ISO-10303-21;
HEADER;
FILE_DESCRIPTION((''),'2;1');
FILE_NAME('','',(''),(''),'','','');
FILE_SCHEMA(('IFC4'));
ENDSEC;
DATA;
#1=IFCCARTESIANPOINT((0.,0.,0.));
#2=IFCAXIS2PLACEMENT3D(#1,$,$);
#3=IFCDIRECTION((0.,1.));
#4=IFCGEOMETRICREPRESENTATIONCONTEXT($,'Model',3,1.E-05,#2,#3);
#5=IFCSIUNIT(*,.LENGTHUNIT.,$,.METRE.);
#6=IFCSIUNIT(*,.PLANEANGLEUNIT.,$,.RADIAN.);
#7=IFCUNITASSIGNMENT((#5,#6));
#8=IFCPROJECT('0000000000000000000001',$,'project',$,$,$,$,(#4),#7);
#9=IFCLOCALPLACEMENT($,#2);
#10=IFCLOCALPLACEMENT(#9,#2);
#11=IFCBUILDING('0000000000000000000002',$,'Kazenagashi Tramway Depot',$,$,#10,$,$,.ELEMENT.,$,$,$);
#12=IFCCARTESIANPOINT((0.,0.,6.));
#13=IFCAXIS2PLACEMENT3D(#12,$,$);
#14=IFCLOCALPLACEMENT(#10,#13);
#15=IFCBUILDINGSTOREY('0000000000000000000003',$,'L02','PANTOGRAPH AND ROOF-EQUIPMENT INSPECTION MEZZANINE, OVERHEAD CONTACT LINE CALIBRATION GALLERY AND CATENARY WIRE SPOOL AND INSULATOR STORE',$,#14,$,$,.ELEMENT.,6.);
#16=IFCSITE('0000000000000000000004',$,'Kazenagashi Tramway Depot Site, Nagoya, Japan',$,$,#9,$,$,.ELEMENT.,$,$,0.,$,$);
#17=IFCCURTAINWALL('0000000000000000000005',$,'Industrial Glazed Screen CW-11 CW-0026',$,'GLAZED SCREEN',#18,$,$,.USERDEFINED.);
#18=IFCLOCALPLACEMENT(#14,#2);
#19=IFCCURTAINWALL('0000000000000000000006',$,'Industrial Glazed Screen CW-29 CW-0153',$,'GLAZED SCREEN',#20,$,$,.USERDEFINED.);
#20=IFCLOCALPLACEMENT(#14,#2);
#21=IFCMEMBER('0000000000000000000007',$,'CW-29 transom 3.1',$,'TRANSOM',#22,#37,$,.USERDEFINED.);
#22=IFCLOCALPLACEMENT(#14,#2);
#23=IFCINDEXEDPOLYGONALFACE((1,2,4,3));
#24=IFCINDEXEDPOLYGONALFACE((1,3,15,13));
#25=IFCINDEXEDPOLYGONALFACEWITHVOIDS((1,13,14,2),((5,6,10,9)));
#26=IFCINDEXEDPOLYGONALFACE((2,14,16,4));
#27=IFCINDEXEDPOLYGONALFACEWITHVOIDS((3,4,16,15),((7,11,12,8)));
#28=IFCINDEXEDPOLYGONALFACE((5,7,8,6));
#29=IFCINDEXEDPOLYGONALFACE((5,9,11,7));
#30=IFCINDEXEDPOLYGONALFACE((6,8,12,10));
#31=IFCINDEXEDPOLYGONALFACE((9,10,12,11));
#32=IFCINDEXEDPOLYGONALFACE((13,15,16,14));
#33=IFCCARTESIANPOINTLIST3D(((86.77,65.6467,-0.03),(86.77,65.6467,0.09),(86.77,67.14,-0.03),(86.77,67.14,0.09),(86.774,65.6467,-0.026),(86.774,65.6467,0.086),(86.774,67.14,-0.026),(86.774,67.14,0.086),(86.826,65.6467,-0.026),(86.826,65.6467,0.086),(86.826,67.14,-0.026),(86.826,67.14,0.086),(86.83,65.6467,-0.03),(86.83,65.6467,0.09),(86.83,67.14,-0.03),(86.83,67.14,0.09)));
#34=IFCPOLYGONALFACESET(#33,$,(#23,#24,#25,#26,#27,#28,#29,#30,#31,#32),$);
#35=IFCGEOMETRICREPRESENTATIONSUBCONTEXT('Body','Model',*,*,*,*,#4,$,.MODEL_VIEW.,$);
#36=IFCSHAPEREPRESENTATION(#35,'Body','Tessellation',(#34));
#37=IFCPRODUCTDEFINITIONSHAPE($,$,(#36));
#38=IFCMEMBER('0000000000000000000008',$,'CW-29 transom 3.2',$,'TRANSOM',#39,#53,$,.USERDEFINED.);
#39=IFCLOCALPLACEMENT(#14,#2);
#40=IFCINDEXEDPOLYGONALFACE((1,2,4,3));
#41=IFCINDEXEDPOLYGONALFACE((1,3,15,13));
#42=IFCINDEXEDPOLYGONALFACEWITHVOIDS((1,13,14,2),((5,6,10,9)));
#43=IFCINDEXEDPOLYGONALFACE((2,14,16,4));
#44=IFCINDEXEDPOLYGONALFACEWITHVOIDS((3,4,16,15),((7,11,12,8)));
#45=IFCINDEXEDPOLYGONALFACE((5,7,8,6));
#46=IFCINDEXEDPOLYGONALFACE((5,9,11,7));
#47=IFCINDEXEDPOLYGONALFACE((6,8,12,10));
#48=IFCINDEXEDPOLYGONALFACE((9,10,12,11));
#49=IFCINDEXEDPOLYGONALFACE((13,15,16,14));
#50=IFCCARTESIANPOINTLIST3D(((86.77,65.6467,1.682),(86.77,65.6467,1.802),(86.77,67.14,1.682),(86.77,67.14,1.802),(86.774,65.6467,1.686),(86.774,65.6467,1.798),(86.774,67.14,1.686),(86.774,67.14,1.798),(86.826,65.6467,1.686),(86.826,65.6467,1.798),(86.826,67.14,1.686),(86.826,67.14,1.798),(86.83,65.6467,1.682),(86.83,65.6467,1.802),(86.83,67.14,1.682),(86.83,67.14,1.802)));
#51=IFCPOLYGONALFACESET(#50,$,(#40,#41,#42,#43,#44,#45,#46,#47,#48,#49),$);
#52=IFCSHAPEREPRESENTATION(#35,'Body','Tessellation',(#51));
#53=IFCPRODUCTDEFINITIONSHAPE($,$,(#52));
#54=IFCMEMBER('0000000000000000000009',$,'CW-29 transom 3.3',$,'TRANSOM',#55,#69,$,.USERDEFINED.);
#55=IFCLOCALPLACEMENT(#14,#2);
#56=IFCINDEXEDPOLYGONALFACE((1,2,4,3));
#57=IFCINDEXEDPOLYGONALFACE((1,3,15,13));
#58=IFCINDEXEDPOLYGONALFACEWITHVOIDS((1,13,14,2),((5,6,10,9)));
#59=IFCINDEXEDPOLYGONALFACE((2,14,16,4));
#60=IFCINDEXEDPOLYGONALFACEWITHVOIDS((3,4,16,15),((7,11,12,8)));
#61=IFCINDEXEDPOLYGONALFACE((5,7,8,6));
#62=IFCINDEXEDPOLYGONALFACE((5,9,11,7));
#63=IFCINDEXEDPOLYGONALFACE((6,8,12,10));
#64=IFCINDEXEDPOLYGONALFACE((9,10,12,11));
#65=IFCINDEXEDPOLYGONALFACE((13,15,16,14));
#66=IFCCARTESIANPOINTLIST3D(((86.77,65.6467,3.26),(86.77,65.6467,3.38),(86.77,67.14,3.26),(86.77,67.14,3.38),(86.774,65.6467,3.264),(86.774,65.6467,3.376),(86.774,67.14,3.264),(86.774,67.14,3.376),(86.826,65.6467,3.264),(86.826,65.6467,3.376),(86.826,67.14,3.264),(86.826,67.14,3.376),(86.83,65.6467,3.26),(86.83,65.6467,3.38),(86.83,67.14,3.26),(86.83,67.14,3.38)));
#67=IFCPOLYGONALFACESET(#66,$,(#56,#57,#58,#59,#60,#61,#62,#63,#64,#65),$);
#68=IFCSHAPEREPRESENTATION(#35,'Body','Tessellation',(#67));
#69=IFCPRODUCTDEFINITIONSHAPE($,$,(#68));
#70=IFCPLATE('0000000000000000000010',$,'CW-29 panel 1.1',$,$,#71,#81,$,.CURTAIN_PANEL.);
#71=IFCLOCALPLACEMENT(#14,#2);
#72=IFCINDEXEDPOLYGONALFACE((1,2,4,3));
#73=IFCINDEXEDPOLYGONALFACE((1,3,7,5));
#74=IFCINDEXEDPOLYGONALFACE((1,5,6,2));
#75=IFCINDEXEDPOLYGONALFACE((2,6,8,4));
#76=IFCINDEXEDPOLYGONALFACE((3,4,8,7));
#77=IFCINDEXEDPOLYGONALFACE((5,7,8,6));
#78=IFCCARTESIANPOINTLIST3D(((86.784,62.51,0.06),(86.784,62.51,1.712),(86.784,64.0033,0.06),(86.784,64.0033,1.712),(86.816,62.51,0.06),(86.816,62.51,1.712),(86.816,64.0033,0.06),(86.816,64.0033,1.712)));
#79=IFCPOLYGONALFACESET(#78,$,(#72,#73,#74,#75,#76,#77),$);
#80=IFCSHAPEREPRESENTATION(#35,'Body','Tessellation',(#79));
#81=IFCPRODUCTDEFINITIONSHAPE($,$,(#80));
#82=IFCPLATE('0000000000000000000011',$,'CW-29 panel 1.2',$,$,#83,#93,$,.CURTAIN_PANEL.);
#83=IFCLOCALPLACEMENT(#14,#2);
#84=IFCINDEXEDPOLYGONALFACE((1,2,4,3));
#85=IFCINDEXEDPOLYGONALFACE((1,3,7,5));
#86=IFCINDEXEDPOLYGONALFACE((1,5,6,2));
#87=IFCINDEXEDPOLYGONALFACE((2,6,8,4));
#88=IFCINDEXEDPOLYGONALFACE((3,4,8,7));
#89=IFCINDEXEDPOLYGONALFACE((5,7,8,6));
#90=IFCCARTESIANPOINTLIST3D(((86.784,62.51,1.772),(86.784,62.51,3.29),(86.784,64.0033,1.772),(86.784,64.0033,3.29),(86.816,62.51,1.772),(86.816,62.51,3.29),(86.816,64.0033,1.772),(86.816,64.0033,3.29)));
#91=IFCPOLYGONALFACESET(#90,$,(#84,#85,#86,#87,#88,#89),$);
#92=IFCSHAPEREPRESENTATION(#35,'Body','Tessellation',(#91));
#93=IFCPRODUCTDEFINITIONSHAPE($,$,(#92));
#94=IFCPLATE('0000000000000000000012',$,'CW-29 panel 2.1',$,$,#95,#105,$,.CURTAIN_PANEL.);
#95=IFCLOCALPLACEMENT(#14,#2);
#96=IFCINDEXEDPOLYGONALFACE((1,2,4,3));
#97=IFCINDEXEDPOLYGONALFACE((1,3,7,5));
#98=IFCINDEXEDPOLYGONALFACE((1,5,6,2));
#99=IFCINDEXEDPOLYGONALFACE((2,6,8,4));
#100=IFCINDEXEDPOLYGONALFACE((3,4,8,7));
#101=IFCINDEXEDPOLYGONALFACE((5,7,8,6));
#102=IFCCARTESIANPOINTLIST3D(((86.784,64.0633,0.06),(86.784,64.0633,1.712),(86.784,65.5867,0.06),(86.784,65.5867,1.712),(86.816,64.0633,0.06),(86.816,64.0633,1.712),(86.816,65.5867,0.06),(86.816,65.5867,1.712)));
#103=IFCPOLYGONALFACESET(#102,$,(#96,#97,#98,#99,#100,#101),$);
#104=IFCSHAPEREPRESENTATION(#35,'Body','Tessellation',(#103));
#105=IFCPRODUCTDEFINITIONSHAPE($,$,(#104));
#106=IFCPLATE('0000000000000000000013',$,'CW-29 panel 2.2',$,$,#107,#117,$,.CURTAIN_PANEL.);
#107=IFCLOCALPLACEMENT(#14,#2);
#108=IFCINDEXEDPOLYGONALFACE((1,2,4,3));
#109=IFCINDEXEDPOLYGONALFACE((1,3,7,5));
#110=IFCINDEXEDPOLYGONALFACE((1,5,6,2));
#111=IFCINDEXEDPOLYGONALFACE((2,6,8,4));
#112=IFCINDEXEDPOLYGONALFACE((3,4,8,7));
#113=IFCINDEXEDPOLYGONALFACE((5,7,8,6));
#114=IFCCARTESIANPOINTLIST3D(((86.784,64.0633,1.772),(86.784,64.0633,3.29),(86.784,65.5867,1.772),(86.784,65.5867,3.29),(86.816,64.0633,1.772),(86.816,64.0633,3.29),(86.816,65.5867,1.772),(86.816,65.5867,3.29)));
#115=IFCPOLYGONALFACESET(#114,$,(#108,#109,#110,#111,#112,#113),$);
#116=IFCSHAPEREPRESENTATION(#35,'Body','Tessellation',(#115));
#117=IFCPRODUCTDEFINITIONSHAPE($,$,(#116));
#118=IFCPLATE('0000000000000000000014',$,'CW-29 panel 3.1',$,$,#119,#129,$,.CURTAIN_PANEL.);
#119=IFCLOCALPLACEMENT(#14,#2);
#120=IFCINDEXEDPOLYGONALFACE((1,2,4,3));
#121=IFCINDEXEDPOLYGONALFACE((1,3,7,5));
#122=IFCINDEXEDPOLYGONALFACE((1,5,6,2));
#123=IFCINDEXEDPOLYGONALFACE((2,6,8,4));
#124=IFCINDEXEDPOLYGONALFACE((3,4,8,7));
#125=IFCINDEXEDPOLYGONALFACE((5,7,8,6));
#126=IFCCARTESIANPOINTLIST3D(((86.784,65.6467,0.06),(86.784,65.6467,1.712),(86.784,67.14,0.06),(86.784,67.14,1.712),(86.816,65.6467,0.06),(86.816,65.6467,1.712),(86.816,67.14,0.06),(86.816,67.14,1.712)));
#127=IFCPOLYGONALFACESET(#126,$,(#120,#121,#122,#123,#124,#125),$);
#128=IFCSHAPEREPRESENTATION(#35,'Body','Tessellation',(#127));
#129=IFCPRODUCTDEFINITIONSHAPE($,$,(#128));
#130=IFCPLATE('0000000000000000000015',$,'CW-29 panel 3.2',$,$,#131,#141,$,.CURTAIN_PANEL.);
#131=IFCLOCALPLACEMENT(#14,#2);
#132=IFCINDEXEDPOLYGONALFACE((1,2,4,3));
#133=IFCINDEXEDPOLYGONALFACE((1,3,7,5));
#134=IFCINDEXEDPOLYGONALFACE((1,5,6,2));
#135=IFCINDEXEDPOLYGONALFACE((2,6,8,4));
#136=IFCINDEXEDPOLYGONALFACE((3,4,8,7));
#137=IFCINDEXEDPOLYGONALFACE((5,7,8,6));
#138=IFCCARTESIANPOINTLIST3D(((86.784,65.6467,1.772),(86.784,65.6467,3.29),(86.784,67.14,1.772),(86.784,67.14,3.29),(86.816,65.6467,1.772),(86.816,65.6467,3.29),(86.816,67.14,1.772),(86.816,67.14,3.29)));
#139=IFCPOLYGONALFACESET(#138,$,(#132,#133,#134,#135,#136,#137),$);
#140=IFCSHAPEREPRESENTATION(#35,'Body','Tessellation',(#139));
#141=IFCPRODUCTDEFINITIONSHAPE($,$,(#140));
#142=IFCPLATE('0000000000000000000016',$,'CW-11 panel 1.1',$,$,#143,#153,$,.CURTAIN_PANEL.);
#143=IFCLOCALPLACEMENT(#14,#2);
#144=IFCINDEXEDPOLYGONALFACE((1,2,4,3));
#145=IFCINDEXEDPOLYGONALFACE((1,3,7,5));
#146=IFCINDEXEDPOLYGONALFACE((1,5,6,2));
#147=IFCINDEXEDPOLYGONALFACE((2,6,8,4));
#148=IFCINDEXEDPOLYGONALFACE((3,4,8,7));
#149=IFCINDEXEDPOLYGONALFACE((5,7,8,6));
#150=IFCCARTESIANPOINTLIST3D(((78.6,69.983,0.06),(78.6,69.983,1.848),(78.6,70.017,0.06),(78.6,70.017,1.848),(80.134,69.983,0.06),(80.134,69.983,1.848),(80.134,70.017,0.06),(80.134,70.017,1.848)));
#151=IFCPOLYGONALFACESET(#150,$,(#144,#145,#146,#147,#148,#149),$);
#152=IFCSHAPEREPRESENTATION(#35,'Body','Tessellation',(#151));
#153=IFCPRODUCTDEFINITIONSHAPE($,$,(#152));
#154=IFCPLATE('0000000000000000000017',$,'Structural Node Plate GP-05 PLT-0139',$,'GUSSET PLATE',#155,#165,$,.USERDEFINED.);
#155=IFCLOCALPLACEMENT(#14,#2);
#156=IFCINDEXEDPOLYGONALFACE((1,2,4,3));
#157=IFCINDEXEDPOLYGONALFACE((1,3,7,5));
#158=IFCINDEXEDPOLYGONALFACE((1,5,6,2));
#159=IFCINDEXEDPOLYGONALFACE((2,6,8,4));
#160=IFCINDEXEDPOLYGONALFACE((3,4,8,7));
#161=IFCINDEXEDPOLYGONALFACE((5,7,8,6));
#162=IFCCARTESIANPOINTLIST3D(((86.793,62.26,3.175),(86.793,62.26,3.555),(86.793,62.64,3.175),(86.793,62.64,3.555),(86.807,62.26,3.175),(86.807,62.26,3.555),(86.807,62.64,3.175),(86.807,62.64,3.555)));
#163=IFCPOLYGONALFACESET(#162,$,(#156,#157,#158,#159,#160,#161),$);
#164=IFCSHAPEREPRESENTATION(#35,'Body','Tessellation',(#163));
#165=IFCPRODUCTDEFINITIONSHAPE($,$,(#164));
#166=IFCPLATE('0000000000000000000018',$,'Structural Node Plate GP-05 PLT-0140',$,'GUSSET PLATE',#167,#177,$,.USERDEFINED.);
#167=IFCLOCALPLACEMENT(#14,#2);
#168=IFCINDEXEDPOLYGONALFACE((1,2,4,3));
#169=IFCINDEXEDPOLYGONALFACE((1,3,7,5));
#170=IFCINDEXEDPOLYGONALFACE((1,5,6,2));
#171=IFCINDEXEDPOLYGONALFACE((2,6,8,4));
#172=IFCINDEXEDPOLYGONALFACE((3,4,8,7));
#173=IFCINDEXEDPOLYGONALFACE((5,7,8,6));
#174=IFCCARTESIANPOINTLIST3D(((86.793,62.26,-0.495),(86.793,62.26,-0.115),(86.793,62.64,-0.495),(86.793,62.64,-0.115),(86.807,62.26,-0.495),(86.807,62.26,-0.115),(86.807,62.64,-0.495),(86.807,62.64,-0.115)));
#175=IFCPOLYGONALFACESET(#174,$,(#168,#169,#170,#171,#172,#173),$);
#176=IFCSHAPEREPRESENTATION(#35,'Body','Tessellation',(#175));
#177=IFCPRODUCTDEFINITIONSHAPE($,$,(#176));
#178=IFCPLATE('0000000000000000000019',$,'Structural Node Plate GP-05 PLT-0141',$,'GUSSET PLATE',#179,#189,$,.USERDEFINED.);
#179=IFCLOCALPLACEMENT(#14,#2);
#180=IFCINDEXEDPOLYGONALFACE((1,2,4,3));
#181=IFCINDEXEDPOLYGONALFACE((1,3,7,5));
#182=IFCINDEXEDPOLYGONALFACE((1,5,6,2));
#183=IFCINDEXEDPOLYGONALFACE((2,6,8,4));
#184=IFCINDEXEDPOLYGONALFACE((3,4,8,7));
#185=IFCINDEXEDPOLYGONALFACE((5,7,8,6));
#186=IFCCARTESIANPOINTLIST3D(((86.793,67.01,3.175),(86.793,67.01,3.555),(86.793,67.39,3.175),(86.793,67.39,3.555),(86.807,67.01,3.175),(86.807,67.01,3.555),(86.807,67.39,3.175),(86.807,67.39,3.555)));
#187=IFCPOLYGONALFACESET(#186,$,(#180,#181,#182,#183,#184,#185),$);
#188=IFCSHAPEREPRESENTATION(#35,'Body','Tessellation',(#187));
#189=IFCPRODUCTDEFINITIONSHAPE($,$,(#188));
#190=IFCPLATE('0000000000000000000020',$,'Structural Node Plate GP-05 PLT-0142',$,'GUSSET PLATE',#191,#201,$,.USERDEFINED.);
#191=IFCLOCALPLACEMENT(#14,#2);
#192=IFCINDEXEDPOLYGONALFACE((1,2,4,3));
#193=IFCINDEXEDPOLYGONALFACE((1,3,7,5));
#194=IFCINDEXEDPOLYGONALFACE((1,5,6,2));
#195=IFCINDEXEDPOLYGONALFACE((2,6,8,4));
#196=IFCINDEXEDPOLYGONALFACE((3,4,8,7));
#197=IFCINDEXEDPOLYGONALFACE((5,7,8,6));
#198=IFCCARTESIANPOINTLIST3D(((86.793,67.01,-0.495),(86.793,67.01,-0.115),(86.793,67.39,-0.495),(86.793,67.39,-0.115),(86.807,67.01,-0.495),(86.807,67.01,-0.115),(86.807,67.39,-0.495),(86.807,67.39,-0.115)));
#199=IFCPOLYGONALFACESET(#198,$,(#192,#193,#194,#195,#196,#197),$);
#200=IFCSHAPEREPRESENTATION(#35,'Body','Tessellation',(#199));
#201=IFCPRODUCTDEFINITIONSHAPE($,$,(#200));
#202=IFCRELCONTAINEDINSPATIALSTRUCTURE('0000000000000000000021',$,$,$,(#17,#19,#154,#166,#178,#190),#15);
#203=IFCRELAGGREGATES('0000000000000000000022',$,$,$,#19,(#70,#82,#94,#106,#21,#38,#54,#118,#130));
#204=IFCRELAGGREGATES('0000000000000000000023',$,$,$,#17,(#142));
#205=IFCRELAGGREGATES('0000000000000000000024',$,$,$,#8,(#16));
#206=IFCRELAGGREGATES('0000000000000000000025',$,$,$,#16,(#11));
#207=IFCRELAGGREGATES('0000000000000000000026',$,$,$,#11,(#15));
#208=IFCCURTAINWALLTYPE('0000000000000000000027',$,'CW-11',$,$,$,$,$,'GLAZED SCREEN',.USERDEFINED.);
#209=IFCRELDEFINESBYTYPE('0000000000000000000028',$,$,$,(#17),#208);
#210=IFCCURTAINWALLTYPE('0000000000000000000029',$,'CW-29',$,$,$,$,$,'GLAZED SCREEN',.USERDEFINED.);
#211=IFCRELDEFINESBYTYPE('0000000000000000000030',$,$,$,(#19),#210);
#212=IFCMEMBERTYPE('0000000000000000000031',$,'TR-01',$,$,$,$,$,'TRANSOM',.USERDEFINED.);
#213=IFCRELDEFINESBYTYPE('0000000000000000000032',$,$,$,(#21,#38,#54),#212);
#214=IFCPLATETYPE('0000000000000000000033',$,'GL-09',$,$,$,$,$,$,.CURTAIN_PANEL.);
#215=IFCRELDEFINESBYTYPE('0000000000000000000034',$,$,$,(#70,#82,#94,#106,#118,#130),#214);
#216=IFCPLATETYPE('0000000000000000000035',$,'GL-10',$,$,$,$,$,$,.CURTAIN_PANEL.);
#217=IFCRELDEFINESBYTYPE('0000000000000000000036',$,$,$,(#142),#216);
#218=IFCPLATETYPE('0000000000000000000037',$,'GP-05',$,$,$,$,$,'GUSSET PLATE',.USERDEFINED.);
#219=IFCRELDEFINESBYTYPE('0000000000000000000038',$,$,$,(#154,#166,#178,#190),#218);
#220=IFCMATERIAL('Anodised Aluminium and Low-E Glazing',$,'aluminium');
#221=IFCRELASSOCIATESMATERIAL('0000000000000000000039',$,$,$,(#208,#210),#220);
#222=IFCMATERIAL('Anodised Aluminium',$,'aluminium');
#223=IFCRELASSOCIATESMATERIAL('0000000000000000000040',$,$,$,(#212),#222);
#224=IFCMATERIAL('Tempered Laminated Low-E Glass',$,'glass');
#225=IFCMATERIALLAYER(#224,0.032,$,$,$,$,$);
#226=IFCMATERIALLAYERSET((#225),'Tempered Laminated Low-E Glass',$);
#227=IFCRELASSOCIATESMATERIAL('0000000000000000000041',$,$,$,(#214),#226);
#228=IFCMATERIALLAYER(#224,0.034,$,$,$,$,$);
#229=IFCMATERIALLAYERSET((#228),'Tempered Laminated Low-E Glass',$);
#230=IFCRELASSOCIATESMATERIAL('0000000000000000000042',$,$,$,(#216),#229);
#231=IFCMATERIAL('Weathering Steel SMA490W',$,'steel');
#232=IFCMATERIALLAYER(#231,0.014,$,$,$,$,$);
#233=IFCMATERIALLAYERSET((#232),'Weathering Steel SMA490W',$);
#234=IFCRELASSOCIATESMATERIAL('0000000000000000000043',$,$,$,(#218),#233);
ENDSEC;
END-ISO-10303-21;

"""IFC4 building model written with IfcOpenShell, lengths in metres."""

from ifc_helpers import new_model, si_unit, direction, frame, origin, origin_2d, place, context, subcontext, project, spatial, rectangle, hollow_rectangle, extrude, material, layer, layer_set, material_profile, profile_set, type_object, element, aggregate, save


model = new_model("IFC4")

# Units and contexts
model_context = context("Model", 3, precision=1e-05, world=origin(), true_north=direction((0.0, 1.0)))
body_context = subcontext(model_context, "Body", "Model", "MODEL_VIEW")
ifc_project = project(units=[si_unit("LENGTHUNIT", "METRE"), si_unit("PLANEANGLEUNIT", "RADIAN")], contexts=[model_context])

# Site, building, storey
site_placement = place(None, origin())
site = spatial("IfcSite", under=ifc_project, at=site_placement, Name="Kazenagashi Tramway Depot Site, Nagoya, Japan", CompositionType="ELEMENT", RefElevation=0.0)
building_placement = place(site_placement, origin())
building = spatial("IfcBuilding", under=site, at=building_placement, Name="Kazenagashi Tramway Depot", CompositionType="ELEMENT")
storey_placement = place(building_placement, frame((0.0, 0.0, 6.0)))
storey = spatial("IfcBuildingStorey", under=building, at=storey_placement, Name="L02", Description="PANTOGRAPH AND ROOF-EQUIPMENT INSPECTION MEZZANINE, OVERHEAD CONTACT LINE CALIBRATION GALLERY AND CATENARY WIRE SPOOL AND INSULATOR STORE", CompositionType="ELEMENT", Elevation=6.0)

# Shared definitions
ifc_material_1 = material(Name="Weathering Steel SMA490W", Category="steel")

# Curtain wall
ifc_material_2 = material(Name="Anodised Aluminium and Low-E Glazing", Category="aluminium")
curtain_wall_type_1 = type_object("IfcCurtainWallType", Name="CW-11", ElementType="GLAZED SCREEN", PredefinedType="USERDEFINED", material=ifc_material_2)
curtain_wall_1_placement = place(storey_placement, origin())
curtain_wall_1 = element("IfcCurtainWall", 1, at=curtain_wall_1_placement, inside=storey, type_object=curtain_wall_type_1, Name="Industrial Glazed Screen CW-11 CW-0026", ObjectType="GLAZED SCREEN", PredefinedType="USERDEFINED")
ifc_material_3 = material(Name="Anodised Aluminium", Category="aluminium")

# Curtain wall
curtain_wall_type_2 = type_object("IfcCurtainWallType", Name="CW-29", ElementType="GLAZED SCREEN", PredefinedType="USERDEFINED", material=ifc_material_2)
curtain_wall_2_placement = place(storey_placement, origin())
curtain_wall_2 = element("IfcCurtainWall", 2, at=curtain_wall_2_placement, inside=storey, type_object=curtain_wall_type_2, Name="Industrial Glazed Screen CW-29 CW-0153", ObjectType="GLAZED SCREEN", PredefinedType="USERDEFINED")

# Members
ifc_material_profile_1 = material_profile(ifc_material_3, hollow_rectangle(XDim=0.06, YDim=0.12, WallThickness=0.004, at=origin_2d()), Name="RHS-120x60x4")
ifc_profile_set_1 = profile_set([ifc_material_profile_1], Name="Anodised Aluminium")
member_type_1 = type_object("IfcMemberType", Name="TR-01", ElementType="TRANSOM", PredefinedType="USERDEFINED", material=ifc_profile_set_1)
member_1_placement = place(storey_placement, frame((86.8, 65.6467, 0.03), z_axis=(0.0, 1.0, 0.0), x_axis=(-1.0, 0.0, 0.0)))
member_1 = element("IfcMember", 3, at=member_1_placement, type_object=member_type_1, Name="CW-29 transom 3.1", ObjectType="TRANSOM", PredefinedType="USERDEFINED", context=body_context, shape_type="SweptSolid", body=[
    extrude(hollow_rectangle(XDim=0.06, YDim=0.12, WallThickness=0.004, at=origin_2d()), origin(), (0.0, 0.0, 1.0), 1.4933),
])
member_2_placement = place(storey_placement, frame((86.8, 65.6467, 1.742), z_axis=(0.0, 1.0, 0.0), x_axis=(-1.0, 0.0, 0.0)))
member_2 = element("IfcMember", 4, at=member_2_placement, type_object=member_type_1, Name="CW-29 transom 3.2", ObjectType="TRANSOM", PredefinedType="USERDEFINED", context=body_context, shape_type="SweptSolid", body=[
    extrude(hollow_rectangle(XDim=0.06, YDim=0.12, WallThickness=0.004, at=origin_2d()), origin(), (0.0, 0.0, 1.0), 1.4933),
])
member_3_placement = place(storey_placement, frame((86.8, 65.6467, 3.32), z_axis=(0.0, 1.0, 0.0), x_axis=(-1.0, 0.0, 0.0)))
member_3 = element("IfcMember", 5, at=member_3_placement, type_object=member_type_1, Name="CW-29 transom 3.3", ObjectType="TRANSOM", PredefinedType="USERDEFINED", context=body_context, shape_type="SweptSolid", body=[
    extrude(hollow_rectangle(XDim=0.06, YDim=0.12, WallThickness=0.004, at=origin_2d()), origin(), (0.0, 0.0, 1.0), 1.4933),
])

# Plates
ifc_material_4 = material(Name="Tempered Laminated Low-E Glass", Category="glass")
ifc_layer_1 = layer(ifc_material_4, 0.032)
ifc_layer_set_1 = layer_set([ifc_layer_1], Name="Tempered Laminated Low-E Glass")
plate_type_1 = type_object("IfcPlateType", Name="GL-09", PredefinedType="CURTAIN_PANEL", material=ifc_layer_set_1)
plate_1_placement = place(storey_placement, frame((86.8, 63.2567, 0.06), z_axis=(0.0, 0.0, 1.0), x_axis=(0.0, 1.0, 0.0)))
plate_1 = element("IfcPlate", 6, at=plate_1_placement, type_object=plate_type_1, Name="CW-29 panel 1.1", PredefinedType="CURTAIN_PANEL", context=body_context, shape_type="SweptSolid", body=[
    extrude(rectangle(XDim=1.4933, YDim=0.032, at=origin_2d()), origin(), (0.0, 0.0, 1.0), 1.652),
])
plate_2_placement = place(storey_placement, frame((86.8, 63.2567, 1.772), z_axis=(0.0, 0.0, 1.0), x_axis=(0.0, 1.0, 0.0)))
plate_2 = element("IfcPlate", 7, at=plate_2_placement, type_object=plate_type_1, Name="CW-29 panel 1.2", PredefinedType="CURTAIN_PANEL", context=body_context, shape_type="SweptSolid", body=[
    extrude(rectangle(XDim=1.4933, YDim=0.032, at=origin_2d()), origin(), (0.0, 0.0, 1.0), 1.518),
])
plate_3_placement = place(storey_placement, frame((86.8, 64.825, 0.06), z_axis=(0.0, 0.0, 1.0), x_axis=(0.0, 1.0, 0.0)))
plate_3 = element("IfcPlate", 8, at=plate_3_placement, type_object=plate_type_1, Name="CW-29 panel 2.1", PredefinedType="CURTAIN_PANEL", context=body_context, shape_type="SweptSolid", body=[
    extrude(rectangle(XDim=1.5233, YDim=0.032, at=origin_2d()), origin(), (0.0, 0.0, 1.0), 1.652),
])
plate_4_placement = place(storey_placement, frame((86.8, 64.825, 1.772), z_axis=(0.0, 0.0, 1.0), x_axis=(0.0, 1.0, 0.0)))
plate_4 = element("IfcPlate", 9, at=plate_4_placement, type_object=plate_type_1, Name="CW-29 panel 2.2", PredefinedType="CURTAIN_PANEL", context=body_context, shape_type="SweptSolid", body=[
    extrude(rectangle(XDim=1.5233, YDim=0.032, at=origin_2d()), origin(), (0.0, 0.0, 1.0), 1.518),
])
plate_5_placement = place(storey_placement, frame((86.8, 66.3933, 0.06), z_axis=(0.0, 0.0, 1.0), x_axis=(0.0, 1.0, 0.0)))
plate_5 = element("IfcPlate", 10, at=plate_5_placement, type_object=plate_type_1, Name="CW-29 panel 3.1", PredefinedType="CURTAIN_PANEL", context=body_context, shape_type="SweptSolid", body=[
    extrude(rectangle(XDim=1.4933, YDim=0.032, at=origin_2d()), origin(), (0.0, 0.0, 1.0), 1.652),
])
plate_6_placement = place(storey_placement, frame((86.8, 66.3933, 1.772), z_axis=(0.0, 0.0, 1.0), x_axis=(0.0, 1.0, 0.0)))
plate_6 = element("IfcPlate", 11, at=plate_6_placement, type_object=plate_type_1, Name="CW-29 panel 3.2", PredefinedType="CURTAIN_PANEL", context=body_context, shape_type="SweptSolid", body=[
    extrude(rectangle(XDim=1.4933, YDim=0.032, at=origin_2d()), origin(), (0.0, 0.0, 1.0), 1.518),
])
aggregate(curtain_wall_2, [plate_1, plate_2, plate_3, plate_4, member_1, member_2, member_3, plate_5, plate_6])
ifc_layer_2 = layer(ifc_material_4, 0.034)
ifc_layer_set_2 = layer_set([ifc_layer_2], Name="Tempered Laminated Low-E Glass")
plate_type_2 = type_object("IfcPlateType", Name="GL-10", PredefinedType="CURTAIN_PANEL", material=ifc_layer_set_2)
plate_7_placement = place(storey_placement, frame((79.367, 70.0, 0.06), z_axis=(0.0, 0.0, 1.0), x_axis=(1.0, 0.0, 0.0)))
plate_7 = element("IfcPlate", 12, at=plate_7_placement, type_object=plate_type_2, Name="CW-11 panel 1.1", PredefinedType="CURTAIN_PANEL", context=body_context, shape_type="SweptSolid", body=[
    extrude(rectangle(XDim=1.534, YDim=0.034, at=origin_2d()), origin(), (0.0, 0.0, 1.0), 1.788),
])
aggregate(curtain_wall_1, [plate_7])

# Plates
ifc_layer_3 = layer(ifc_material_1, 0.014)
ifc_layer_set_3 = layer_set([ifc_layer_3], Name="Weathering Steel SMA490W")
plate_type_3 = type_object("IfcPlateType", Name="GP-05", ElementType="GUSSET PLATE", PredefinedType="USERDEFINED", material=ifc_layer_set_3)
for number, where, z_axis, x_axis, name in (
    (13, (86.8, 62.45, 3.175), (0.0, 0.0, 1.0), (0.0, 1.0, 0.0), "Structural Node Plate GP-05 PLT-0139"),
    (14, (86.8, 62.45, -0.495), (0.0, 0.0, 1.0), (0.0, 1.0, 0.0), "Structural Node Plate GP-05 PLT-0140"),
    (15, (86.8, 67.2, 3.175), (0.0, 0.0, 1.0), (0.0, 1.0, 0.0), "Structural Node Plate GP-05 PLT-0141"),
    (16, (86.8, 67.2, -0.495), (0.0, 0.0, 1.0), (0.0, 1.0, 0.0), "Structural Node Plate GP-05 PLT-0142"),
):
    element("IfcPlate", number, at=place(storey_placement, frame(where, z_axis=z_axis, x_axis=x_axis)), inside=storey, type_object=plate_type_3, Name=name, ObjectType="GUSSET PLATE", PredefinedType="USERDEFINED", context=body_context, shape_type="SweptSolid", body=[
        extrude(rectangle(XDim=0.38, YDim=0.014, at=origin_2d()), origin(), (0.0, 0.0, 1.0), 0.38),
    ])

save(model, "model.ifc")
